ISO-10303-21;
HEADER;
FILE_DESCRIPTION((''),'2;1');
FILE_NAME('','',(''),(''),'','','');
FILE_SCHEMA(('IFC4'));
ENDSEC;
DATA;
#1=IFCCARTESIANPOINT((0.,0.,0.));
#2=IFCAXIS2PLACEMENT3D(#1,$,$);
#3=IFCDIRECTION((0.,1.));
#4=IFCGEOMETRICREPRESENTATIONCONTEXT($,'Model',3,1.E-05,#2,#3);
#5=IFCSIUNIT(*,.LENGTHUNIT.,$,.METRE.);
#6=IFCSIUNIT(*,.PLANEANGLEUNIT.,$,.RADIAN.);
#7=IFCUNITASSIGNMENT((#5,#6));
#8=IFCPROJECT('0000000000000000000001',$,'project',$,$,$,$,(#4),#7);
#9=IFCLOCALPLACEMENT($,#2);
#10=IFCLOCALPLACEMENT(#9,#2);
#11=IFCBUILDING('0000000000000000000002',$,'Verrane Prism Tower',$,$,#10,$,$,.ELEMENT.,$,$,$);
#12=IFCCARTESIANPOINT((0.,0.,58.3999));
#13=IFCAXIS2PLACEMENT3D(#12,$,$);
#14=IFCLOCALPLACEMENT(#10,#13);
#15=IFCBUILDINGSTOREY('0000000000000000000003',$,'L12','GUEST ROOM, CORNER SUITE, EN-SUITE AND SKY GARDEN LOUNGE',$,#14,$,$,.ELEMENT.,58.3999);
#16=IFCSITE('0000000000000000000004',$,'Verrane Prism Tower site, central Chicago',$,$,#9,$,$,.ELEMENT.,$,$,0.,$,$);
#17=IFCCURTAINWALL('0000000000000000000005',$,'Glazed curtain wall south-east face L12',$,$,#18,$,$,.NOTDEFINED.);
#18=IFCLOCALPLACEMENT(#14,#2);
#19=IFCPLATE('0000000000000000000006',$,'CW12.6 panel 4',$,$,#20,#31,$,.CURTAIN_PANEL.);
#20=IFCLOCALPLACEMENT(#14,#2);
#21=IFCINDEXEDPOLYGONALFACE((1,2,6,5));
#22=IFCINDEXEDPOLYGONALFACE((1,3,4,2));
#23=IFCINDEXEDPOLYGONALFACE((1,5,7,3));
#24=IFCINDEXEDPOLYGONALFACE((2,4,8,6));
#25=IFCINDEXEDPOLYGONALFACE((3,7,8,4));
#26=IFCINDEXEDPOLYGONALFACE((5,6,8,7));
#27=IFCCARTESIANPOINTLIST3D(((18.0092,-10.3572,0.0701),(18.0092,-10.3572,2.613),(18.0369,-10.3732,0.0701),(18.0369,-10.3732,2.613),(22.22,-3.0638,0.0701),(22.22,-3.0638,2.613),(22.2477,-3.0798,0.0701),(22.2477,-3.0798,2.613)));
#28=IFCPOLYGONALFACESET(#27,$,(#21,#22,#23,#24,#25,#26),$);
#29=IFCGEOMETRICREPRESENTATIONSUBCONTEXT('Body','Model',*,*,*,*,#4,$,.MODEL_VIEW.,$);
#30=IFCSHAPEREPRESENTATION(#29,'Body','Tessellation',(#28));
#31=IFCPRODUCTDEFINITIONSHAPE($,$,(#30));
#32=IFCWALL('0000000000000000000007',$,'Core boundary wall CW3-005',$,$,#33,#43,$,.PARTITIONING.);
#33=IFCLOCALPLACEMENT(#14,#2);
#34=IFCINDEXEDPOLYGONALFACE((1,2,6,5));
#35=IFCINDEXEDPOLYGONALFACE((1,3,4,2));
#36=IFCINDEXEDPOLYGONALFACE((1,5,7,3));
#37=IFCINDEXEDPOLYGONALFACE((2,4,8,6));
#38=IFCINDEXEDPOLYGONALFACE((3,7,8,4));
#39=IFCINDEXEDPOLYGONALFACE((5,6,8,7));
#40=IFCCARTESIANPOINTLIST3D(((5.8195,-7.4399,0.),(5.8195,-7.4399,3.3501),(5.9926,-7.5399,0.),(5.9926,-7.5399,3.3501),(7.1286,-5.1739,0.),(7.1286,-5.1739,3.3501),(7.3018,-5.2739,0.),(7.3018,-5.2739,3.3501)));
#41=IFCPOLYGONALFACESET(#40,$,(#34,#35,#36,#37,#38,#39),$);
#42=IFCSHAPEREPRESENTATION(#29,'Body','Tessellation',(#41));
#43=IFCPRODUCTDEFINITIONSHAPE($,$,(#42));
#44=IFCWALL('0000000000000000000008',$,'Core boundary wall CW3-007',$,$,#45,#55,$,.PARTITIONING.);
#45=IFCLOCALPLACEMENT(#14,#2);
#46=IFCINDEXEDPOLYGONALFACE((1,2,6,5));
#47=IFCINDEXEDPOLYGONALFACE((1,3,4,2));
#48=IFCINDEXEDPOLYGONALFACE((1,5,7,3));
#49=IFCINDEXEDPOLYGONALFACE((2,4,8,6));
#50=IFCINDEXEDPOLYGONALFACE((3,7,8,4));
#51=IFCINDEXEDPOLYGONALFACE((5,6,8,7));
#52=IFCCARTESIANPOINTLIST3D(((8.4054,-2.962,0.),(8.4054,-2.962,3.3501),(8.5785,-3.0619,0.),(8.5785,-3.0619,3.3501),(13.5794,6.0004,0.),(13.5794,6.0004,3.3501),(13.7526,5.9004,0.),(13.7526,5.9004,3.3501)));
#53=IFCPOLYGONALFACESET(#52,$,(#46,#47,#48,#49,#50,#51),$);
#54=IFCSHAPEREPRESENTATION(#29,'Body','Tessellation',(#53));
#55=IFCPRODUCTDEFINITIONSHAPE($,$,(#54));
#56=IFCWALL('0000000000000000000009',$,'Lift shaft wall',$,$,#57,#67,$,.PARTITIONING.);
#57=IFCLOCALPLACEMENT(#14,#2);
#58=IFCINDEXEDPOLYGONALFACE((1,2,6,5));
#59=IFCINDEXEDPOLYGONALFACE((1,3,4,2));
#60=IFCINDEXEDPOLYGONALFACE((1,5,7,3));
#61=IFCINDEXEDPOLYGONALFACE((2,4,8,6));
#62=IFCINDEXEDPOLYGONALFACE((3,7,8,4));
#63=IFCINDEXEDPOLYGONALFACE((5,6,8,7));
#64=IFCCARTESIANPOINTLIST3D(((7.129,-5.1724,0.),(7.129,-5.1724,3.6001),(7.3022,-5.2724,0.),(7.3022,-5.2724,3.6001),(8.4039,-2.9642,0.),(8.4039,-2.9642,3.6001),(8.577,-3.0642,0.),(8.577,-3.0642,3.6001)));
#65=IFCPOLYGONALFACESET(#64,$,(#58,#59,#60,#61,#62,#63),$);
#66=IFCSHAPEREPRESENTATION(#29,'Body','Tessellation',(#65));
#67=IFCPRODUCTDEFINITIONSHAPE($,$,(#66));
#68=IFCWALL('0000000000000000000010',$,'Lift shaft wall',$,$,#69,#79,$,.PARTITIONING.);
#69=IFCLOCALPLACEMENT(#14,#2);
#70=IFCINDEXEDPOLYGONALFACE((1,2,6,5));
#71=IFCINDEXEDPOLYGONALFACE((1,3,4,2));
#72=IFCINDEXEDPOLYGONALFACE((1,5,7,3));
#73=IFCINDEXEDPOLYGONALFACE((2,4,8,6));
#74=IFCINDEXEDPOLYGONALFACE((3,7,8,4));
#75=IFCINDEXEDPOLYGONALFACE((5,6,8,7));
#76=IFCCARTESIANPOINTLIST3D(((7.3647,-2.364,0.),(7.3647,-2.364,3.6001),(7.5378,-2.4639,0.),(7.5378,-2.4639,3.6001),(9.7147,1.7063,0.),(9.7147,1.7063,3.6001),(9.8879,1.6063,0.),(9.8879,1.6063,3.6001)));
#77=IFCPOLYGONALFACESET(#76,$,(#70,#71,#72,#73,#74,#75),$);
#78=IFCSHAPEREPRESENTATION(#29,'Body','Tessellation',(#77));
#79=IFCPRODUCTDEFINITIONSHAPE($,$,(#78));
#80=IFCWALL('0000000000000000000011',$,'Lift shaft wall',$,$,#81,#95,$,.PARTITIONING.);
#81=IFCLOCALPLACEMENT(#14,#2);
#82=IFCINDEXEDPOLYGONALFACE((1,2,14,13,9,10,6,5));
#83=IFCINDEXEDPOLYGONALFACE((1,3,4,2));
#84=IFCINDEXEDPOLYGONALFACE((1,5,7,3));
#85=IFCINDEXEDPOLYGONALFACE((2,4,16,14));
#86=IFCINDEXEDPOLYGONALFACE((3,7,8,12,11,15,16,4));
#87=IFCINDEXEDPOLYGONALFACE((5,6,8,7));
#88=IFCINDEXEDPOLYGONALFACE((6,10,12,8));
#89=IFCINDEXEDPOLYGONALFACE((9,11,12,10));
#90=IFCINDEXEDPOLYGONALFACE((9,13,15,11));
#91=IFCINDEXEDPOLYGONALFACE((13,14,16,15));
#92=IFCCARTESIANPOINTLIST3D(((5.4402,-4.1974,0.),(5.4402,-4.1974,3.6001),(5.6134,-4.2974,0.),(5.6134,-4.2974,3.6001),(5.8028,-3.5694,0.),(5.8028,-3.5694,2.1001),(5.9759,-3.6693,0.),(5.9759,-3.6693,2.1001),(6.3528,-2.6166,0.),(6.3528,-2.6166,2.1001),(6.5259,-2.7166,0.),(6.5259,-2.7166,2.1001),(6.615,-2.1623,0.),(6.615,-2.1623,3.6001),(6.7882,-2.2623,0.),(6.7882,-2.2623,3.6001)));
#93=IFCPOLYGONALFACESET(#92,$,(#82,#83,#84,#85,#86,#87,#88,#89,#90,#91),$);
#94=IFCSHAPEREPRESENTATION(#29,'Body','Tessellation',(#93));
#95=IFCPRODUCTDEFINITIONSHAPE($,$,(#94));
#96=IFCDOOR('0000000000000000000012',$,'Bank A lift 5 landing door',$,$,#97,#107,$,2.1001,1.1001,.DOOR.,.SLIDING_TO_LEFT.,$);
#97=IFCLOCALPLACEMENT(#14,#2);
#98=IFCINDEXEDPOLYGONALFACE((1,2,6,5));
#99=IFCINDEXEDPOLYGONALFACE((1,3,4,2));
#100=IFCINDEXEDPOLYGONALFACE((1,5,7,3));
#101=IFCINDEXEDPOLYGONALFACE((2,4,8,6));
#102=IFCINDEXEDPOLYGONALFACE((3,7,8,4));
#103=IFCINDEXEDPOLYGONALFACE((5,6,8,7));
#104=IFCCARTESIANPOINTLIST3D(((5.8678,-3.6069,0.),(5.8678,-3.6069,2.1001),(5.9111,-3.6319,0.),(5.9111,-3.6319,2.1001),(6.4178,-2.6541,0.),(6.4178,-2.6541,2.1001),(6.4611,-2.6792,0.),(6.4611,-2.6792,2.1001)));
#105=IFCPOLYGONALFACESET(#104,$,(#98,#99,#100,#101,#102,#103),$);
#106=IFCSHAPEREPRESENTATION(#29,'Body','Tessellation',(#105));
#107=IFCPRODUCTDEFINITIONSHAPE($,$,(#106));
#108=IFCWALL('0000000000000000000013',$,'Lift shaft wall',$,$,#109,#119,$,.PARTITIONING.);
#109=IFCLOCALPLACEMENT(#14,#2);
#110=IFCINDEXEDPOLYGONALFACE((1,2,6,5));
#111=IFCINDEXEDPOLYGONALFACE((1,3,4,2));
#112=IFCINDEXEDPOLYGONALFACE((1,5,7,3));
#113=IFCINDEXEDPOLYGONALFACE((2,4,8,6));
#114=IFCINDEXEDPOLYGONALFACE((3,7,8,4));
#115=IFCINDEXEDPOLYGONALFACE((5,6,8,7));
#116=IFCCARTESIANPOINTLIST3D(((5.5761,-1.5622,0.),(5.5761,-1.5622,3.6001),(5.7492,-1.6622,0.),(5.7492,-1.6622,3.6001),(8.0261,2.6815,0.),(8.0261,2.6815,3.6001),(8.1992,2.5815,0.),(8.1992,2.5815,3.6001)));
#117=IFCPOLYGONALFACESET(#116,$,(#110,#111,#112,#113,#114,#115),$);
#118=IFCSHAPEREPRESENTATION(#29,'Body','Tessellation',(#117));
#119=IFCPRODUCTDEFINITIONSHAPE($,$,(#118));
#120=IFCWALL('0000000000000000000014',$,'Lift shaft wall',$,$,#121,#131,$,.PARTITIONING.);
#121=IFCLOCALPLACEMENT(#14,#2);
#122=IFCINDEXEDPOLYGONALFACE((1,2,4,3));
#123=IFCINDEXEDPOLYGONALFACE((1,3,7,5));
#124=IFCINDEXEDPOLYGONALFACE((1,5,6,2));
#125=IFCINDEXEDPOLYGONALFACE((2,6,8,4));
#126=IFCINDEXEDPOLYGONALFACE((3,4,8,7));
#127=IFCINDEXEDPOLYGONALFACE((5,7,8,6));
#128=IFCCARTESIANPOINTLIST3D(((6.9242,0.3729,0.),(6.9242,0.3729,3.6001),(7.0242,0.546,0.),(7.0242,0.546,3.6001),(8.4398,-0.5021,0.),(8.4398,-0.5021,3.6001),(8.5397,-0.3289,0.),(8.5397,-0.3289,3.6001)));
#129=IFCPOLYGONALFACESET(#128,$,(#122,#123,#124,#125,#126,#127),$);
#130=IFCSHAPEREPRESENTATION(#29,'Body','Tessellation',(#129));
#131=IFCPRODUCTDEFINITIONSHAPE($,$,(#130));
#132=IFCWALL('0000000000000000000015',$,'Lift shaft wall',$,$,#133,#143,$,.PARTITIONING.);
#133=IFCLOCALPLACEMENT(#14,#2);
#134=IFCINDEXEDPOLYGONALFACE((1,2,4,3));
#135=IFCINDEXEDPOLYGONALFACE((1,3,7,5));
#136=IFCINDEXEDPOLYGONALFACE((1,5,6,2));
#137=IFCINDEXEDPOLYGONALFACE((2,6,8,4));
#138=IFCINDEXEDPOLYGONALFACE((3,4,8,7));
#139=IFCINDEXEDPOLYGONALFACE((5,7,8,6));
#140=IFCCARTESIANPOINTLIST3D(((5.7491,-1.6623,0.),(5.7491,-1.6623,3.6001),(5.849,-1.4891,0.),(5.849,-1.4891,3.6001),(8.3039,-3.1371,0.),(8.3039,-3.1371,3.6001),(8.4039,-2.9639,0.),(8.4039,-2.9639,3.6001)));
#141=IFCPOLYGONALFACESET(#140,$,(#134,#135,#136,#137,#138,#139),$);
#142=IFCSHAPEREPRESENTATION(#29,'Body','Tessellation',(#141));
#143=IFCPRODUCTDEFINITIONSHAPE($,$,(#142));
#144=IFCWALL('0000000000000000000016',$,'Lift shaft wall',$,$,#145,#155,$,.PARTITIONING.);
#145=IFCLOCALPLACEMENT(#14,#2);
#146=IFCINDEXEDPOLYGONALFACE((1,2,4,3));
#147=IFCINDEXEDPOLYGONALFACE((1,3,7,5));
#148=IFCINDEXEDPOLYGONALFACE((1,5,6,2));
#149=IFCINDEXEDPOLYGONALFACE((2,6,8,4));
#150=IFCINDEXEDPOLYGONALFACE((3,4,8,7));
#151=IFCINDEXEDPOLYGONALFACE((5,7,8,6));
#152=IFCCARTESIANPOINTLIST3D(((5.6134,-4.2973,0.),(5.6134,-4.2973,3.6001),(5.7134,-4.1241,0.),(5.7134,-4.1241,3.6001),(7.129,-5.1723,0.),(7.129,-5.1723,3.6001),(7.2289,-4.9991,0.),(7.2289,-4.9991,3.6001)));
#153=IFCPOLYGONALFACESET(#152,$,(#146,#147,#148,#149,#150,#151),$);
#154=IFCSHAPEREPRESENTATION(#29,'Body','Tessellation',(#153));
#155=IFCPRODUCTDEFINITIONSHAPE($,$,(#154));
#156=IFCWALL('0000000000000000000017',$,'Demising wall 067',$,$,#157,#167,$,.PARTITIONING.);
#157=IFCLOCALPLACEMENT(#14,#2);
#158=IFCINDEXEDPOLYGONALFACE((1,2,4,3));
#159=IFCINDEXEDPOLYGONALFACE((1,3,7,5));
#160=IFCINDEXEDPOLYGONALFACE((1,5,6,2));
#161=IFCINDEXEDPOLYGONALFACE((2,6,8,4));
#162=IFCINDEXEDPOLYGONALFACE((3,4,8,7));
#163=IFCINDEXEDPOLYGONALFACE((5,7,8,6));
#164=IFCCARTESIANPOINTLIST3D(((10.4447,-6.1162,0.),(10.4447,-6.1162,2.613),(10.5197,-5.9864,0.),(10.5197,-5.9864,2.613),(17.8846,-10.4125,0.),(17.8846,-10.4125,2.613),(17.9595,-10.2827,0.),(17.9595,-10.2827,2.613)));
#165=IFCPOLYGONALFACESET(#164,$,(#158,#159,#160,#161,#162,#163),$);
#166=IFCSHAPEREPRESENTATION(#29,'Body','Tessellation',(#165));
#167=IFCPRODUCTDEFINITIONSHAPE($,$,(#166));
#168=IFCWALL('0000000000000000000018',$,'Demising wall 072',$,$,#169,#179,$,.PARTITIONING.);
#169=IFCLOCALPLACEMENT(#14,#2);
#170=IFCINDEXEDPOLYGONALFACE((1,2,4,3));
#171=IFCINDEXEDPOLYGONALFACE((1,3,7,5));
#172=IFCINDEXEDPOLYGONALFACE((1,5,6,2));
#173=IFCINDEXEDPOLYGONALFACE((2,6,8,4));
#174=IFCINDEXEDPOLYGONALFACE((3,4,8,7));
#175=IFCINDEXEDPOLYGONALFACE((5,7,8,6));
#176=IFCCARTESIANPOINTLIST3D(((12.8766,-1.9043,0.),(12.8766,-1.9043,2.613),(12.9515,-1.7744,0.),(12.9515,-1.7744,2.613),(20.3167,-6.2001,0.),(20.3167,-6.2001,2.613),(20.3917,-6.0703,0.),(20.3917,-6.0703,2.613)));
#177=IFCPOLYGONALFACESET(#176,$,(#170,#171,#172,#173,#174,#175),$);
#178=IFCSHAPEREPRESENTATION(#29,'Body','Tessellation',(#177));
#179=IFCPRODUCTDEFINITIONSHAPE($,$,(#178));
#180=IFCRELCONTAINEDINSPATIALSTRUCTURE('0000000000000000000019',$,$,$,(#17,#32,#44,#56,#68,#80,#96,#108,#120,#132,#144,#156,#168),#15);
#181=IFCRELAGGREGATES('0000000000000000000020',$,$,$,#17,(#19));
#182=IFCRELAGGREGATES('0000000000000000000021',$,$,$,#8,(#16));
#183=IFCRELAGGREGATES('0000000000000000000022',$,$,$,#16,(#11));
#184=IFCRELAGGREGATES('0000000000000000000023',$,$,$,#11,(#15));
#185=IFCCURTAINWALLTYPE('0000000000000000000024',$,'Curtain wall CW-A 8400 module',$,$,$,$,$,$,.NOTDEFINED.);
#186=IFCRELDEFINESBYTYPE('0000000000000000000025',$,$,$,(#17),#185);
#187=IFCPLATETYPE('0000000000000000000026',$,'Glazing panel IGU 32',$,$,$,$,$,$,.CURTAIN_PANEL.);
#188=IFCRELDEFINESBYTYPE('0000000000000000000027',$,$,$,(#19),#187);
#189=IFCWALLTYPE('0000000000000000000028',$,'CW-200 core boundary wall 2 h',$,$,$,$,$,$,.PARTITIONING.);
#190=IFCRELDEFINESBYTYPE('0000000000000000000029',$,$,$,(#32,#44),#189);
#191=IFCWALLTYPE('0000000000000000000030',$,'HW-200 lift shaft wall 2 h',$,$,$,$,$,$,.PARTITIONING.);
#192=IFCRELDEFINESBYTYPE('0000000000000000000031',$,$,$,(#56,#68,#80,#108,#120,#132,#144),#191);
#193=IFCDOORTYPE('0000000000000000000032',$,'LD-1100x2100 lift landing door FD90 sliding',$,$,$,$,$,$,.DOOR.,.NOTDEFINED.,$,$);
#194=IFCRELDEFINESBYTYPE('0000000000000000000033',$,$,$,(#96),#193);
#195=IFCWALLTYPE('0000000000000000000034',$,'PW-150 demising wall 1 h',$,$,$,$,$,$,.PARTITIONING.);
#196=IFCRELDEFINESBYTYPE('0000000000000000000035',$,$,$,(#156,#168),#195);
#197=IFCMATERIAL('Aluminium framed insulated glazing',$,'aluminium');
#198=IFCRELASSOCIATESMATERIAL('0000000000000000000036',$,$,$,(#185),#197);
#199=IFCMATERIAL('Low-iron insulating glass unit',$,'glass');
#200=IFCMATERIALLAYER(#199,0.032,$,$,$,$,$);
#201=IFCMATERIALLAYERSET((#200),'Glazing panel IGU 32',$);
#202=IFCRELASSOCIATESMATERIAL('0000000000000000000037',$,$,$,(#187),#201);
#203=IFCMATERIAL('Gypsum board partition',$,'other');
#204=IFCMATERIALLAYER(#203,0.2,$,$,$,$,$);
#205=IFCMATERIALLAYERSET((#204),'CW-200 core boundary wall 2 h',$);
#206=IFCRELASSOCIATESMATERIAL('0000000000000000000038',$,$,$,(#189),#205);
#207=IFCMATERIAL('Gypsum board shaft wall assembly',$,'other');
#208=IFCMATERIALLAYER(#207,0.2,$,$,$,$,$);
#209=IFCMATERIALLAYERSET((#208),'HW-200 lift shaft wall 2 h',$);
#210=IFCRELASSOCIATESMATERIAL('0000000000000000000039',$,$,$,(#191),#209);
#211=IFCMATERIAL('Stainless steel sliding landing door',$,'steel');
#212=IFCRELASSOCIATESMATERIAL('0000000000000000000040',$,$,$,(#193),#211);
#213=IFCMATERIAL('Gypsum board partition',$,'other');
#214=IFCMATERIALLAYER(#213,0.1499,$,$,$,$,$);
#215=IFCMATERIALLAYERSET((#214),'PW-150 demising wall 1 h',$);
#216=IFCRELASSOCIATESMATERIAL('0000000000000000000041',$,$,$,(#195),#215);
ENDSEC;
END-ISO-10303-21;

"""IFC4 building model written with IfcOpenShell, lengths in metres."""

from ifc_helpers import new_model, si_unit, direction, frame, frame_2d, origin, origin_2d, place, context, subcontext, project, spatial, rectangle, extrude, material, layer, layer_set, type_object, element, fill, aggregate, save


model = new_model("IFC4")

# Units and contexts
model_context = context("Model", 3, precision=1e-05, world=origin(), true_north=direction((0.0, 1.0)))
body_context = subcontext(model_context, "Body", "Model", "MODEL_VIEW")
ifc_project = project(units=[si_unit("LENGTHUNIT", "METRE"), si_unit("PLANEANGLEUNIT", "RADIAN")], contexts=[model_context])

# Site, building, storey
site_placement = place(None, origin())
site = spatial("IfcSite", under=ifc_project, at=site_placement, Name="Verrane Prism Tower site, central Chicago", CompositionType="ELEMENT", RefElevation=0.0)
building_placement = place(site_placement, origin())
building = spatial("IfcBuilding", under=site, at=building_placement, Name="Verrane Prism Tower", CompositionType="ELEMENT")
storey_placement = place(building_placement, frame((0.0, 0.0, 58.3999)))
storey = spatial("IfcBuildingStorey", under=building, at=storey_placement, Name="L12", Description="GUEST ROOM, CORNER SUITE, EN-SUITE AND SKY GARDEN LOUNGE", CompositionType="ELEMENT", Elevation=58.3999)

# Curtain wall
ifc_material_1 = material(Name="Aluminium framed insulated glazing", Category="aluminium")
curtain_wall_type = type_object("IfcCurtainWallType", Name="Curtain wall CW-A 8400 module", PredefinedType="NOTDEFINED", material=ifc_material_1)
curtain_wall_placement = place(storey_placement, origin())
curtain_wall = element("IfcCurtainWall", 1, at=curtain_wall_placement, inside=storey, type_object=curtain_wall_type, Name="Glazed curtain wall south-east face L12", PredefinedType="NOTDEFINED")

# Plate
ifc_material_2 = material(Name="Low-iron insulating glass unit", Category="glass")
ifc_layer_1 = layer(ifc_material_2, 0.032)
ifc_layer_set_1 = layer_set([ifc_layer_1], Name="Glazing panel IGU 32")
plate_type = type_object("IfcPlateType", Name="Glazing panel IGU 32", PredefinedType="CURTAIN_PANEL", material=ifc_layer_set_1)
plate_placement = place(storey_placement, frame((20.1284, -6.7185, 0.0701), z_axis=(0.0, 0.0, 1.0), x_axis=(0.499999, 0.866026, 0.0)))
plate = element("IfcPlate", 2, at=plate_placement, type_object=plate_type, Name="CW12.6 panel 4", PredefinedType="CURTAIN_PANEL", context=body_context, shape_type="SweptSolid", body=[
    extrude(rectangle(XDim=8.4216, YDim=0.032, at=origin_2d()), origin(), (0.0, 0.0, 1.0), 2.543),
])
aggregate(curtain_wall, [plate])

# Walls
ifc_material_3 = material(Name="Gypsum board partition", Category="other")
ifc_layer_2 = layer(ifc_material_3, 0.2)
ifc_layer_set_2 = layer_set([ifc_layer_2], Name="CW-200 core boundary wall 2 h")
wall_type_1 = type_object("IfcWallType", Name="CW-200 core boundary wall 2 h", PredefinedType="PARTITIONING", material=ifc_layer_set_2)
wall_1_placement = place(storey_placement, frame((5.906, -7.49, 0.0), z_axis=(0.0, 0.0, 1.0), x_axis=(0.500253, 0.865879, 0.0)))
element("IfcWall", 3, at=wall_1_placement, inside=storey, type_object=wall_type_1, Name="Core boundary wall CW3-005", PredefinedType="PARTITIONING", context=body_context, shape_type="SweptSolid", body=[
    extrude(rectangle(XDim=2.6169, YDim=0.2, at=frame_2d((1.3086, 0.0))), origin(), (0.0, 0.0, 1.0), 3.3501),
])
wall_2_placement = place(storey_placement, frame((8.4919, -3.012, 0.0), z_axis=(0.0, 0.0, 1.0), x_axis=(0.499973, 0.866041, 0.0)))
element("IfcWall", 4, at=wall_2_placement, inside=storey, type_object=wall_type_1, Name="Core boundary wall CW3-007", PredefinedType="PARTITIONING", context=body_context, shape_type="SweptSolid", body=[
    extrude(rectangle(XDim=10.3486, YDim=0.2, at=frame_2d((5.1743, 0.0))), origin(), (0.0, 0.0, 1.0), 3.3501),
])
ifc_material_4 = material(Name="Gypsum board shaft wall assembly", Category="other")
ifc_layer_3 = layer(ifc_material_4, 0.2)
ifc_layer_set_3 = layer_set([ifc_layer_3], Name="HW-200 lift shaft wall 2 h")
wall_type_2 = type_object("IfcWallType", Name="HW-200 lift shaft wall 2 h", PredefinedType="PARTITIONING", material=ifc_layer_set_3)
wall_3_placement = place(storey_placement, frame((7.2156, -5.2224, 0.0), z_axis=(0.0, 0.0, 1.0), x_axis=(0.49999, 0.866031, 0.0)))
element("IfcWall", 5, at=wall_3_placement, inside=storey, type_object=wall_type_2, Name="Lift shaft wall", PredefinedType="PARTITIONING", context=body_context, shape_type="SweptSolid", body=[
    extrude(rectangle(XDim=2.5498, YDim=0.2, at=frame_2d((1.2749, 0.0))), origin(), (0.0, 0.0, 1.0), 3.6001),
])
wall_4_placement = place(storey_placement, frame((7.4512, -2.4141, 0.0), z_axis=(0.0, 0.0, 1.0), x_axis=(0.500016, 0.866016, 0.0)))
element("IfcWall", 6, at=wall_4_placement, inside=storey, type_object=wall_type_2, Name="Lift shaft wall", PredefinedType="PARTITIONING", context=body_context, shape_type="SweptSolid", body=[
    extrude(rectangle(XDim=4.7, YDim=0.2, at=frame_2d((2.3501, 0.0))), origin(), (0.0, 0.0, 1.0), 3.6001),
])

# Wall, opening, door
wall_5_placement = place(storey_placement, frame((5.5269, -4.2473, 0.0), z_axis=(0.0, 0.0, 1.0), x_axis=(0.499938, 0.866061, 0.0)))
wall_5 = element("IfcWall", 7, at=wall_5_placement, inside=storey, type_object=wall_type_2, Name="Lift shaft wall", PredefinedType="PARTITIONING", context=body_context, shape_type="SweptSolid", body=[
    extrude(rectangle(XDim=2.3499, YDim=0.2, at=frame_2d((1.1748, 0.0))), origin(), (0.0, 0.0, 1.0), 3.6001),
])
opening_1_placement = place(wall_5_placement, frame((0.7251, 0.0, 0.0)))
opening_1 = element("IfcOpeningElement", 8, at=opening_1_placement, cuts=wall_5, PredefinedType="OPENING", context=body_context, shape_type="SweptSolid", body=[
    extrude(rectangle(XDim=1.1001, YDim=2.1001, at=frame_2d((0.55, 1.05))), frame((0.0, 0.1099, 0.0), z_axis=(0.0, -1.0, 0.0), x_axis=(1.0, 0.0, 0.0)), (0.0, 0.0, 1.0), 0.22),
])
ifc_material_5 = material(Name="Stainless steel sliding landing door", Category="steel")
door_type_1 = type_object("IfcDoorType", Name="LD-1100x2100 lift landing door FD90 sliding", OperationType="NOTDEFINED", PredefinedType="DOOR", material=ifc_material_5)
door_1_placement = place(opening_1_placement, origin())
door_1 = element("IfcDoor", 9, at=door_1_placement, inside=storey, type_object=door_type_1, Name="Bank A lift 5 landing door", OperationType="SLIDING_TO_LEFT", OverallHeight=2.1001, OverallWidth=1.1001, PredefinedType="DOOR", context=body_context, shape_type="SweptSolid", body=[
    extrude(rectangle(XDim=1.1001, YDim=2.1001, at=frame_2d((0.55, 1.05))), frame((0.0, 0.0249, 0.0), z_axis=(0.0, -1.0, 0.0), x_axis=(1.0, 0.0, 0.0)), (0.0, 0.0, 1.0), 0.05),
])
fill(opening_1, door_1)

# Walls
wall_6_placement = place(storey_placement, frame((5.6626, -1.6123, 0.0), z_axis=(0.0, 0.0, 1.0), x_axis=(0.499981, 0.866036, 0.0)))
element("IfcWall", 10, at=wall_6_placement, inside=storey, type_object=wall_type_2, Name="Lift shaft wall", PredefinedType="PARTITIONING", context=body_context, shape_type="SweptSolid", body=[
    extrude(rectangle(XDim=4.9001, YDim=0.2, at=frame_2d((2.4502, 0.0))), origin(), (0.0, 0.0, 1.0), 3.6001),
])
wall_7_placement = place(storey_placement, frame((8.4897, -0.4155, 0.0), z_axis=(0.0, 0.0, 1.0), x_axis=(-0.866037, 0.49998, 0.0)))
element("IfcWall", 11, at=wall_7_placement, inside=storey, type_object=wall_type_2, Name="Lift shaft wall", PredefinedType="PARTITIONING", context=body_context, shape_type="SweptSolid", body=[
    extrude(rectangle(XDim=1.75, YDim=0.2, at=frame_2d((0.875, 0.0))), origin(), (0.0, 0.0, 1.0), 3.6001),
])
wall_8_placement = place(storey_placement, frame((8.354, -3.0505, 0.0), z_axis=(0.0, 0.0, 1.0), x_axis=(-0.86606, 0.49994, 0.0)))
element("IfcWall", 12, at=wall_8_placement, inside=storey, type_object=wall_type_2, Name="Lift shaft wall", PredefinedType="PARTITIONING", context=body_context, shape_type="SweptSolid", body=[
    extrude(rectangle(XDim=2.95, YDim=0.2, at=frame_2d((1.4751, 0.0))), origin(), (0.0, 0.0, 1.0), 3.6001),
])
wall_9_placement = place(storey_placement, frame((7.179, -5.0857, 0.0), z_axis=(0.0, 0.0, 1.0), x_axis=(-0.866037, 0.49998, 0.0)))
element("IfcWall", 13, at=wall_9_placement, inside=storey, type_object=wall_type_2, Name="Lift shaft wall", PredefinedType="PARTITIONING", context=body_context, shape_type="SweptSolid", body=[
    extrude(rectangle(XDim=1.75, YDim=0.2, at=frame_2d((0.875, 0.0))), origin(), (0.0, 0.0, 1.0), 3.6001),
])
ifc_material_6 = material(Name="Gypsum board partition", Category="other")
ifc_layer_4 = layer(ifc_material_6, 0.1499)
ifc_layer_set_4 = layer_set([ifc_layer_4], Name="PW-150 demising wall 1 h")
wall_type_3 = type_object("IfcWallType", Name="PW-150 demising wall 1 h", PredefinedType="PARTITIONING", material=ifc_layer_set_4)
for number, where, z_axis, x_axis, name in (
    (14, (10.4822, -6.0513, 0.0), (0.0, 0.0, 1.0), (0.865978, -0.500082, 0.0), "Demising wall 067"),
    (15, (12.9141, -1.8394, 0.0), (0.0, 0.0, 1.0), (0.86601, -0.500027, 0.0), "Demising wall 072"),
):
    element("IfcWall", number, at=place(storey_placement, frame(where, z_axis=z_axis, x_axis=x_axis)), inside=storey, type_object=wall_type_3, Name=name, PredefinedType="PARTITIONING", context=body_context, shape_type="SweptSolid", body=[
        extrude(rectangle(XDim=8.5913, YDim=0.1499, at=frame_2d((4.2957, 0.0))), origin(), (0.0, 0.0, 1.0), 2.613),
    ])

save(model, "model.ifc")
